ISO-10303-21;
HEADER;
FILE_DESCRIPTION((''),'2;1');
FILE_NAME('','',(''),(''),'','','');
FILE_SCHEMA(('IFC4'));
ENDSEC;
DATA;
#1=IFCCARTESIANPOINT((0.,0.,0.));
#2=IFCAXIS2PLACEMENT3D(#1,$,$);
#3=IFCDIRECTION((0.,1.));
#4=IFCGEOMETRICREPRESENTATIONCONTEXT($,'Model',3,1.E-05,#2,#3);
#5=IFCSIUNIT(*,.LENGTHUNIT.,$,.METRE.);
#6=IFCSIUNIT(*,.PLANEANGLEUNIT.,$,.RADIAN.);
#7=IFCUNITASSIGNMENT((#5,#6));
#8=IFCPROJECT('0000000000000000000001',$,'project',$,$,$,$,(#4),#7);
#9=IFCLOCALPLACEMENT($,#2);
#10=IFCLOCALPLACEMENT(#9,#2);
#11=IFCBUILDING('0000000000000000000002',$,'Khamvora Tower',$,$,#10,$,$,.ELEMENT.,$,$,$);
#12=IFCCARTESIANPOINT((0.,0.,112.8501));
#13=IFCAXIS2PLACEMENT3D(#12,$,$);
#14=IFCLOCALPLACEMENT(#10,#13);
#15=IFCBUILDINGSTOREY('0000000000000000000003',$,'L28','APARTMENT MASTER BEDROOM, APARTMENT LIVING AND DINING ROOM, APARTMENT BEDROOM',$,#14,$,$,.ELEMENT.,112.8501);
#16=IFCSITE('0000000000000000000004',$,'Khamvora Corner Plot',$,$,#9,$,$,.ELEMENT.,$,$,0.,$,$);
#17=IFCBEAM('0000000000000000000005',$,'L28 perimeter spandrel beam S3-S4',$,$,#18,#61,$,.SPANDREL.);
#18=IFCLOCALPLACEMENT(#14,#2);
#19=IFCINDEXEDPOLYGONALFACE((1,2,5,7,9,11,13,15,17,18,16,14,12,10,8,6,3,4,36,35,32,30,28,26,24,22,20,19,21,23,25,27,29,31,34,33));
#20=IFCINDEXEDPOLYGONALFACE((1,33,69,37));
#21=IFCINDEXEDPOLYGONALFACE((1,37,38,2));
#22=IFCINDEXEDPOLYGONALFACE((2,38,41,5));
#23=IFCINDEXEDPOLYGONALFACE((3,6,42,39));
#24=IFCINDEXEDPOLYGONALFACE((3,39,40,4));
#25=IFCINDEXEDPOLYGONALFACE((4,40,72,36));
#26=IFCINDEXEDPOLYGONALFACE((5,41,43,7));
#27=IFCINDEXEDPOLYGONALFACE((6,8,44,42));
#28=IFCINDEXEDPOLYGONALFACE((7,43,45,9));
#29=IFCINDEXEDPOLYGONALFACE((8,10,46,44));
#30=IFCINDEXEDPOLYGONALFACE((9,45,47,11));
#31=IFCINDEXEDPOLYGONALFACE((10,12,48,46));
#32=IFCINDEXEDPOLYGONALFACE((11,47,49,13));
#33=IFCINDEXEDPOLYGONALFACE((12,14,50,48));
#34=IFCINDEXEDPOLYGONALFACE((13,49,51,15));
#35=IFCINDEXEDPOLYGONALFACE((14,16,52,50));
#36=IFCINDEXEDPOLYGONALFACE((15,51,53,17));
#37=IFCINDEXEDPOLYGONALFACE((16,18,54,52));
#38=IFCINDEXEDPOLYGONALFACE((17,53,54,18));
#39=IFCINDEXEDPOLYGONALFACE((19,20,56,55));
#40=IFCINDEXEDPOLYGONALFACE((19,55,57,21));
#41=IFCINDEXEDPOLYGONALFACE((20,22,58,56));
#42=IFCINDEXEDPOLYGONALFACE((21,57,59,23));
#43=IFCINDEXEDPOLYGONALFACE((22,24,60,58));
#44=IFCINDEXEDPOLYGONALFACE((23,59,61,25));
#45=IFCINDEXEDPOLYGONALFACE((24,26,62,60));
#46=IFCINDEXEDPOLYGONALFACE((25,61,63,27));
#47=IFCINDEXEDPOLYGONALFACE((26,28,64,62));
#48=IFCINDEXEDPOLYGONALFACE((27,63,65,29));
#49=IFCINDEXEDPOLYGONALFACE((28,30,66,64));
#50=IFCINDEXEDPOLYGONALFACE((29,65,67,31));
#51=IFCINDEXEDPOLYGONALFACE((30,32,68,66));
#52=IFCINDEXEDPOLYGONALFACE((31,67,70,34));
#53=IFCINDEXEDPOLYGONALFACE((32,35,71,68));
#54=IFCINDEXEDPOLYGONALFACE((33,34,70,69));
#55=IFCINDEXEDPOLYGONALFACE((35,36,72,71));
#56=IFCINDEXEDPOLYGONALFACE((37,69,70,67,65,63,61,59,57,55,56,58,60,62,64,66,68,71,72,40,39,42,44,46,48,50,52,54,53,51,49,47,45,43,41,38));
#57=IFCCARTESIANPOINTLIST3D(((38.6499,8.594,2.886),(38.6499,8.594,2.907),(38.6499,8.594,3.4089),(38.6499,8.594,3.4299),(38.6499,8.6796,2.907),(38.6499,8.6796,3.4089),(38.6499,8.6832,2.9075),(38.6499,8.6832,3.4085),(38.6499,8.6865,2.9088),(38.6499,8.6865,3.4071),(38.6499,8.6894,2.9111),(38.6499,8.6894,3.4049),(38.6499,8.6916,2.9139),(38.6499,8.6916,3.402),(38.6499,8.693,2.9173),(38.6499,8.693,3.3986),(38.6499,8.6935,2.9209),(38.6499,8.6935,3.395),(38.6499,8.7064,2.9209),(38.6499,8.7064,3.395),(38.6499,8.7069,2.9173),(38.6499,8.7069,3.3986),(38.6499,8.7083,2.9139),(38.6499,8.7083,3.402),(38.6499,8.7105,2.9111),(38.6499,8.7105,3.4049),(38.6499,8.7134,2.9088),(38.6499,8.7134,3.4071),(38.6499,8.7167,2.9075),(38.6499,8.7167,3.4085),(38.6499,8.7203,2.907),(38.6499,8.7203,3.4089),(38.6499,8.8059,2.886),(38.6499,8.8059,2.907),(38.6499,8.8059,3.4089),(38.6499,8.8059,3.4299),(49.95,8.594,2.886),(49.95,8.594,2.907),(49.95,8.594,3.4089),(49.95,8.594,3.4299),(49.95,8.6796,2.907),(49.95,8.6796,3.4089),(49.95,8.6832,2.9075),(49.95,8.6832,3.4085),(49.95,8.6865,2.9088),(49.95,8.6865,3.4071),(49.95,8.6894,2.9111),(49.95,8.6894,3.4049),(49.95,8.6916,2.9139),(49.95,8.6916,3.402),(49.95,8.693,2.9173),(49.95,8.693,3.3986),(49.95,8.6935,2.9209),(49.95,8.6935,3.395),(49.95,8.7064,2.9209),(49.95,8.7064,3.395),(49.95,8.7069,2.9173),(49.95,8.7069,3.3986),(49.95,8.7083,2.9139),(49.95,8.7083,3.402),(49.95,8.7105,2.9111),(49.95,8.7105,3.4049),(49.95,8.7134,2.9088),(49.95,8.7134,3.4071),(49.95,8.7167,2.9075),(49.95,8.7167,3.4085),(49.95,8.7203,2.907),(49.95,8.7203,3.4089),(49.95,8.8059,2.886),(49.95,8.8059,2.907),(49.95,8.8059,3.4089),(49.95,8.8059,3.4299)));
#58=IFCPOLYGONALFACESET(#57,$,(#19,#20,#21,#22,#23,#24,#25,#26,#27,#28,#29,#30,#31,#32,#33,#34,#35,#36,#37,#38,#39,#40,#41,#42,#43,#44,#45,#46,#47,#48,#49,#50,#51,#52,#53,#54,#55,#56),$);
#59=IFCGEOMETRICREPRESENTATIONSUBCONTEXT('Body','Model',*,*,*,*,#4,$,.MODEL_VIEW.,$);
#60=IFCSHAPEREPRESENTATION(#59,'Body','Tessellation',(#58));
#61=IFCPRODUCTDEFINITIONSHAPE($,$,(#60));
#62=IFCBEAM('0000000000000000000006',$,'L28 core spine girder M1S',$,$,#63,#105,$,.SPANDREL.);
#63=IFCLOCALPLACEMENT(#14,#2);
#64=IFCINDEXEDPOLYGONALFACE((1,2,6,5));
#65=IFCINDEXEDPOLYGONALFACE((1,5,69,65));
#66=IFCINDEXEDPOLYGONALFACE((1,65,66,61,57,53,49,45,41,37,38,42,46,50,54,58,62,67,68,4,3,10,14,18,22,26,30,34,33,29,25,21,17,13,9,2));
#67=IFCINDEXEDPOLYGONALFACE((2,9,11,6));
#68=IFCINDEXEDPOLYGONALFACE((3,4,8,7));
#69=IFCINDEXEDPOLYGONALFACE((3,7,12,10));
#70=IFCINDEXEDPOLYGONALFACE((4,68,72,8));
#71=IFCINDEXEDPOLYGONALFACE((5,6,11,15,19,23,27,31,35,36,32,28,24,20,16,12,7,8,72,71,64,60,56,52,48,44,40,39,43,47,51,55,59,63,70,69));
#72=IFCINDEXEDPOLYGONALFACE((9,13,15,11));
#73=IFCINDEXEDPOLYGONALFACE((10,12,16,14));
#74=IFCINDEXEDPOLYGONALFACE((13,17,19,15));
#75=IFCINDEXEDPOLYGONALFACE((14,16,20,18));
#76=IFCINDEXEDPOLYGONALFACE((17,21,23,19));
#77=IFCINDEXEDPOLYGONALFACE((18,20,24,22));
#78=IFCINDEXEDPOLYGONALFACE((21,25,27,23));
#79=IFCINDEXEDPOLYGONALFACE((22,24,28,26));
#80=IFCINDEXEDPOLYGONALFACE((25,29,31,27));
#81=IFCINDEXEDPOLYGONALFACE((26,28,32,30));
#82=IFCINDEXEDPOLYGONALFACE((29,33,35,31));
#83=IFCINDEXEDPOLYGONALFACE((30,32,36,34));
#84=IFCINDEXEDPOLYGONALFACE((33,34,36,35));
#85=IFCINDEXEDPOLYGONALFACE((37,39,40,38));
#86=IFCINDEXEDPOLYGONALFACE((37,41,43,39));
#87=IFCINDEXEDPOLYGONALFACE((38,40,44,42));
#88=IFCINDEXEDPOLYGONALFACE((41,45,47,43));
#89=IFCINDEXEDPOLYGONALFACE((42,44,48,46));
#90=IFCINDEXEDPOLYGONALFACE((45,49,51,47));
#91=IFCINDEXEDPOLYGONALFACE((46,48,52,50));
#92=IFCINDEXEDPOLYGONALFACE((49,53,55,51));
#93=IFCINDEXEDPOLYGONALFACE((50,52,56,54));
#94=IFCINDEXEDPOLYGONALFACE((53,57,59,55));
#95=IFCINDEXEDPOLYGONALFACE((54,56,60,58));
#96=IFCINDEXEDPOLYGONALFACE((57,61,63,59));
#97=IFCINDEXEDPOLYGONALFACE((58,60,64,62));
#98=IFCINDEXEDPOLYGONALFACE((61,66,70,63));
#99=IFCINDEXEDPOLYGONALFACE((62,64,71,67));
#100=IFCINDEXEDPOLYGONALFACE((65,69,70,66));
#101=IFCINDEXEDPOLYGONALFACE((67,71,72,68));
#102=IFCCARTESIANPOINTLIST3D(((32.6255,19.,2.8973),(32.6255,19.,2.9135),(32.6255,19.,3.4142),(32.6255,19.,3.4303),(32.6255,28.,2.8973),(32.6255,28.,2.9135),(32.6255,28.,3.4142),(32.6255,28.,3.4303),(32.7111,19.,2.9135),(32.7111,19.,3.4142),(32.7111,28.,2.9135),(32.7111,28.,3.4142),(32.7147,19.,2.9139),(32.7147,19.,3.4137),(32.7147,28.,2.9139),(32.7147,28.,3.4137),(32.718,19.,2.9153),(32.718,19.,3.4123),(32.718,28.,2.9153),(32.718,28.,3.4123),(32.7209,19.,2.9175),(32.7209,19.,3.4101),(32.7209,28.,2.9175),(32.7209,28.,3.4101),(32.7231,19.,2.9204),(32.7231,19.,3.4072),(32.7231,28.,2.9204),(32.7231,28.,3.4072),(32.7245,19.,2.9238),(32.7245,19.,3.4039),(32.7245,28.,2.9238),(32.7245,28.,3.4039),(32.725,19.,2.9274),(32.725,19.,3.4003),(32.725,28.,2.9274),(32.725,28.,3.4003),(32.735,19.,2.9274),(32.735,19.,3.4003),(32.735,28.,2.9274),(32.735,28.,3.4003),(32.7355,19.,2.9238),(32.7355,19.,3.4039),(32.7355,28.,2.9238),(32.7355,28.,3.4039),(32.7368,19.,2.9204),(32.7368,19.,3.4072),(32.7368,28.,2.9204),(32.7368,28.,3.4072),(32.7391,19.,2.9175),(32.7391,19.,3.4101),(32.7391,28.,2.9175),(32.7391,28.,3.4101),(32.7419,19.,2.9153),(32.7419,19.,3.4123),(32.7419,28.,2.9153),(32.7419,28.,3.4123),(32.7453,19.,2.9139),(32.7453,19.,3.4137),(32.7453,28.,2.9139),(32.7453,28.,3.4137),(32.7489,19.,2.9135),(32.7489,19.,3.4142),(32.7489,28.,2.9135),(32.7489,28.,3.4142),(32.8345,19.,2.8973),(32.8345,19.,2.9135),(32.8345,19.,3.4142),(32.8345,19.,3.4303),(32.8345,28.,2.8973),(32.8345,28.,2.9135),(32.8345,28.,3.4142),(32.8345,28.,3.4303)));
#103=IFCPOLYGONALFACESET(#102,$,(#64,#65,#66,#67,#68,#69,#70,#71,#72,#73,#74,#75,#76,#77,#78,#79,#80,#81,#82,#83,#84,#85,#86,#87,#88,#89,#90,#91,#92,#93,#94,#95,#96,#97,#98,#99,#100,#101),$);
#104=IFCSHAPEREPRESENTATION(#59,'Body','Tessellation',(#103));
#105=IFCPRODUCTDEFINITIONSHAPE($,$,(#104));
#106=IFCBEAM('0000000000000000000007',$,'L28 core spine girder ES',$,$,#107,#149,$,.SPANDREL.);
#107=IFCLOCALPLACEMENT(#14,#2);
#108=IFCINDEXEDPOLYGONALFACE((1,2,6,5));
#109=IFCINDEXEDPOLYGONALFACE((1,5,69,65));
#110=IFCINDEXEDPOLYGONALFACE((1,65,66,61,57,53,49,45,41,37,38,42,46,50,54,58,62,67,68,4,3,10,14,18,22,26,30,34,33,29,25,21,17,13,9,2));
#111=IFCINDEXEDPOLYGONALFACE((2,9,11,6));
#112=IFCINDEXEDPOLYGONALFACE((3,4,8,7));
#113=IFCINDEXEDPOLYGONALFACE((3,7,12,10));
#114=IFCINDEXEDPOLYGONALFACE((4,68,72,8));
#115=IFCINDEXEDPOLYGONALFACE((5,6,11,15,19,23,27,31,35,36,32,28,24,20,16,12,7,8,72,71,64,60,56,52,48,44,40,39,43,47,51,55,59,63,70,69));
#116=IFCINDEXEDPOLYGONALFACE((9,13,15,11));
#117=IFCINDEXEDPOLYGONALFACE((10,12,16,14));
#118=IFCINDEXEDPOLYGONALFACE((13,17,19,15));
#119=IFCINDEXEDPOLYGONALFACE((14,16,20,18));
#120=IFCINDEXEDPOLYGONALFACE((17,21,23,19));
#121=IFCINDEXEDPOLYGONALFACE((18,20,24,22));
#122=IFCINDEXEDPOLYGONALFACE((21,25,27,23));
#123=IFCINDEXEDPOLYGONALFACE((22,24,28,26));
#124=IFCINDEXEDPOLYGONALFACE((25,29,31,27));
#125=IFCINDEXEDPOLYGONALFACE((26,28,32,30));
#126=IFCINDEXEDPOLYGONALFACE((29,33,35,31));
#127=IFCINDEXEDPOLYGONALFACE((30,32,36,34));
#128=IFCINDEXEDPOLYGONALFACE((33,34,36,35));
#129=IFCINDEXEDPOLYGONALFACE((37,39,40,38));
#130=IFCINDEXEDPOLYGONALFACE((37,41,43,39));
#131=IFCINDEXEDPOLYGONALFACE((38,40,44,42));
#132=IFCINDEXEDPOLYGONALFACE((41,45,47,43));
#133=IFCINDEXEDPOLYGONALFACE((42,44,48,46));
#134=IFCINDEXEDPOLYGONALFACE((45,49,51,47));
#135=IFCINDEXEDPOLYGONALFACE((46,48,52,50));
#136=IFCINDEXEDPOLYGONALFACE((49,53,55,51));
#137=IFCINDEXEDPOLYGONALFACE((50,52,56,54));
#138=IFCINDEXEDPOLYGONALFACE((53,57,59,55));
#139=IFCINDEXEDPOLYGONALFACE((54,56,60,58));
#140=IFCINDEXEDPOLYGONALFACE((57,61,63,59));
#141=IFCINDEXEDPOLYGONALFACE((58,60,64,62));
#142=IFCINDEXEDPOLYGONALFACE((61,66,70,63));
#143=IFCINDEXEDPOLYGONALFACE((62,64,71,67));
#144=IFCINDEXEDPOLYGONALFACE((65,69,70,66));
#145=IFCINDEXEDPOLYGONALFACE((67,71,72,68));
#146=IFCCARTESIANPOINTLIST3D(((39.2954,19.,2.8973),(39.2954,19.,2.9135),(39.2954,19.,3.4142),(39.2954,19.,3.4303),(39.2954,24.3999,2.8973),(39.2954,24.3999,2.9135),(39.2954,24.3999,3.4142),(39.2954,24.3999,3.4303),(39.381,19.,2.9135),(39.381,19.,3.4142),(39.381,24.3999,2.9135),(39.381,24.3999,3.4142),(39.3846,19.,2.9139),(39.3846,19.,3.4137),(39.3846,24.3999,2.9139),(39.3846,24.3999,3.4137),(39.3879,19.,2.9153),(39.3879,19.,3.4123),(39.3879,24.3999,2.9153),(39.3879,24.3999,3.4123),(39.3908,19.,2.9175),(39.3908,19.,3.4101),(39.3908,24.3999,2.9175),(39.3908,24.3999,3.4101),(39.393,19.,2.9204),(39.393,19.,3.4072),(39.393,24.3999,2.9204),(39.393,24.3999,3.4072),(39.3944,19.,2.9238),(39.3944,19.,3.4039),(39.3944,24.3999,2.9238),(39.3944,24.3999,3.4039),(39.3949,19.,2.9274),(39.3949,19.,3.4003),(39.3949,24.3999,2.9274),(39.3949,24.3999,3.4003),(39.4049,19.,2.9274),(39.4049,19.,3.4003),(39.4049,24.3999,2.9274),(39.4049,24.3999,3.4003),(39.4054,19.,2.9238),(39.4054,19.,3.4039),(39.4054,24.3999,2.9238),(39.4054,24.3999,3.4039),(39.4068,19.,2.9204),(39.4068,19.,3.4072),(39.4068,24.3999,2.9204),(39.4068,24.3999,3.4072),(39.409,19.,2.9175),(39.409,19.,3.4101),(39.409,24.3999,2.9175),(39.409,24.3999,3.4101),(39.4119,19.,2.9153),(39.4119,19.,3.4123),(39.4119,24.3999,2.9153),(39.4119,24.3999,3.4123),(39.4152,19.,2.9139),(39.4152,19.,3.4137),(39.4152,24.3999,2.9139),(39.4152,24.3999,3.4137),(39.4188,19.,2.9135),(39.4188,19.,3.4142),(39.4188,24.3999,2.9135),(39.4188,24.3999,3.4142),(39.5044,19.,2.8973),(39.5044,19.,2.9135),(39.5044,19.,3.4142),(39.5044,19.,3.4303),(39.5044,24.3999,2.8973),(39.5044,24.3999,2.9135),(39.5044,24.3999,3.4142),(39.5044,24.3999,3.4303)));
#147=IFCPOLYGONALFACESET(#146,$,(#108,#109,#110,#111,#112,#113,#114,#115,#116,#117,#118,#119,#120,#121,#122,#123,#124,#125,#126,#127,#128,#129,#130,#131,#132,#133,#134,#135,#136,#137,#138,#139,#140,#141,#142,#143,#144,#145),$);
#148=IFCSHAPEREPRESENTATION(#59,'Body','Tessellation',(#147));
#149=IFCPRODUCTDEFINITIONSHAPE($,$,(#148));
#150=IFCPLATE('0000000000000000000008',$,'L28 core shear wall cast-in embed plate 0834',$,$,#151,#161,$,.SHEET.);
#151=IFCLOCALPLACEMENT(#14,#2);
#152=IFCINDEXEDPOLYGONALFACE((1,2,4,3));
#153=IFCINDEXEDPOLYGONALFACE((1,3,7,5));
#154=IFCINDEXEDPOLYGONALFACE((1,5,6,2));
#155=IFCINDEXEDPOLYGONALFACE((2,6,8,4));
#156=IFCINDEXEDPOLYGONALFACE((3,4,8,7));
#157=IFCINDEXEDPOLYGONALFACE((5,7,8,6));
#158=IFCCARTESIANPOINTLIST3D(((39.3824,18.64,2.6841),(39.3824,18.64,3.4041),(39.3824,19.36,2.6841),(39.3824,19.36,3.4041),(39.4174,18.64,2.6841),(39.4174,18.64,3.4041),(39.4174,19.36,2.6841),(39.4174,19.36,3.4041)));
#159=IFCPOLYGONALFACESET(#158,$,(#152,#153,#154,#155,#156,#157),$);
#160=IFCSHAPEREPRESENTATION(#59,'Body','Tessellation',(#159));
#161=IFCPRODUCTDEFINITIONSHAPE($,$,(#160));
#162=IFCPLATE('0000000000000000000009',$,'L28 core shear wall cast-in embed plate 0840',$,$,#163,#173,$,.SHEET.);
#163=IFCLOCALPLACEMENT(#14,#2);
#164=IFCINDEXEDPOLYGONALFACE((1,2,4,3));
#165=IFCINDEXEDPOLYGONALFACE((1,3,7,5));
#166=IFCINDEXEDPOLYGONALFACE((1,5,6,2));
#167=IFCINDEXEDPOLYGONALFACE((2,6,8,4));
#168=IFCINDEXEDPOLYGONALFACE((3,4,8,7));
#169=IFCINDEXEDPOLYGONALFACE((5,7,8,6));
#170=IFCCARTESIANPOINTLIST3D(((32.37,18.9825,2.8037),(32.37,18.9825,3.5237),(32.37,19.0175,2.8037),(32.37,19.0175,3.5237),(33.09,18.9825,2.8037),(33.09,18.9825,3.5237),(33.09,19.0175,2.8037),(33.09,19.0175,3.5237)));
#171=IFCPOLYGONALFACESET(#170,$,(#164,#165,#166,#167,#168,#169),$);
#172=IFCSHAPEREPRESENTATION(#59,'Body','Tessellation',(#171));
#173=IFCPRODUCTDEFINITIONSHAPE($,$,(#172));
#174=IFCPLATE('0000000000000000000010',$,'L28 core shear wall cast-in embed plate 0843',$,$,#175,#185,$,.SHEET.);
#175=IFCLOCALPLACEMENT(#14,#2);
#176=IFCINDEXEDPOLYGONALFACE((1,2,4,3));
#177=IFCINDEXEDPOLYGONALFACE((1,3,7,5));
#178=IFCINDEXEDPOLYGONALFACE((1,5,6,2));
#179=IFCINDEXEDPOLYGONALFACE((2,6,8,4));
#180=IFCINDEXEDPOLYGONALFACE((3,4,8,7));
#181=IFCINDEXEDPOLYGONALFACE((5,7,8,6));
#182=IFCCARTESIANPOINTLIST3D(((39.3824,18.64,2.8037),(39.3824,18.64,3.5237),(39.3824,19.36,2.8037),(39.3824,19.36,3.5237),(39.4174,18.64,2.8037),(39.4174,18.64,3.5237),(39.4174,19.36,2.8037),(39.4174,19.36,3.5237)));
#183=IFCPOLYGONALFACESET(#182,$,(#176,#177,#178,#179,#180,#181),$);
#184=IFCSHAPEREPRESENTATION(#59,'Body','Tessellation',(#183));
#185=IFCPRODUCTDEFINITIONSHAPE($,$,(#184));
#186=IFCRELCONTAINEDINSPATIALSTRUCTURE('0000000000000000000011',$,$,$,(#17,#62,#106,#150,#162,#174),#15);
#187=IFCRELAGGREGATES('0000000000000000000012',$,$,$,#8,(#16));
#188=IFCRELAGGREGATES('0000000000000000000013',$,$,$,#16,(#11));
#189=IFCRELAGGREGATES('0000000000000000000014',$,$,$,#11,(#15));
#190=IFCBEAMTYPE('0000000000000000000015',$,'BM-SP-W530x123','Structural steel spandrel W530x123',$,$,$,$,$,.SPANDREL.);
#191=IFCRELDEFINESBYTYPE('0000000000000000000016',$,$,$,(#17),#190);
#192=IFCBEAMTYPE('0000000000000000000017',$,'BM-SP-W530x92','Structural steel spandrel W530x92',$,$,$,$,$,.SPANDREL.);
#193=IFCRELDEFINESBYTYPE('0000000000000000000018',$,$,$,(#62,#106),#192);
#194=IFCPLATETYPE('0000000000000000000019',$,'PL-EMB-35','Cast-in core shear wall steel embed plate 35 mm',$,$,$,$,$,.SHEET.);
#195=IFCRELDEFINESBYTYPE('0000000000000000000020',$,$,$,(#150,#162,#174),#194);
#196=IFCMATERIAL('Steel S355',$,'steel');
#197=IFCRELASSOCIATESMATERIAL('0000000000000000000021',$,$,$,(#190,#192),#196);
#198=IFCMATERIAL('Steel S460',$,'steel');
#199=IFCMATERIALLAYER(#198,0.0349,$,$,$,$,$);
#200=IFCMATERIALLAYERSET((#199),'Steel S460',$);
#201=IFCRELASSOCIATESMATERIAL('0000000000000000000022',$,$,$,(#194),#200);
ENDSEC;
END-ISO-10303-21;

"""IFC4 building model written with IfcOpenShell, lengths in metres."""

from ifc_helpers import new_model, si_unit, direction, frame, origin, origin_2d, place, context, subcontext, project, spatial, rectangle, i_section, extrude, material, layer, layer_set, material_profile, profile_set, type_object, element, save


model = new_model("IFC4")

# Units and contexts
model_context = context("Model", 3, precision=1e-05, world=origin(), true_north=direction((0.0, 1.0)))
body_context = subcontext(model_context, "Body", "Model", "MODEL_VIEW")
ifc_project = project(units=[si_unit("LENGTHUNIT", "METRE"), si_unit("PLANEANGLEUNIT", "RADIAN")], contexts=[model_context])

# Site, building, storey
site_placement = place(None, origin())
site = spatial("IfcSite", under=ifc_project, at=site_placement, Name="Khamvora Corner Plot", CompositionType="ELEMENT", RefElevation=0.0)
building_placement = place(site_placement, origin())
building = spatial("IfcBuilding", under=site, at=building_placement, Name="Khamvora Tower", CompositionType="ELEMENT")
storey_placement = place(building_placement, frame((0.0, 0.0, 112.8501)))
storey = spatial("IfcBuildingStorey", under=building, at=storey_placement, Name="L28", Description="APARTMENT MASTER BEDROOM, APARTMENT LIVING AND DINING ROOM, APARTMENT BEDROOM", CompositionType="ELEMENT", Elevation=112.8501)

# Shared definitions
ifc_material_1 = material(Name="Steel S355", Category="steel")
ifc_material_2 = material(Name="Steel S460", Category="steel")

# Beams
ifc_material_profile_1 = material_profile(ifc_material_1, i_section(OverallWidth=0.2119, OverallDepth=0.5439, WebThickness=0.0129, FlangeThickness=0.021, FilletRadius=0.0139, at=origin_2d()), Name="W530x123")
ifc_profile_set_1 = profile_set([ifc_material_profile_1], Name="Steel S355")
beam_type_1 = type_object("IfcBeamType", Name="BM-SP-W530x123", Description="Structural steel spandrel W530x123", PredefinedType="SPANDREL", material=ifc_profile_set_1)
beam_1_placement = place(storey_placement, frame((38.6499, 8.7, 3.158), z_axis=(1.0, 0.0, 0.0), x_axis=(0.0, 1.0, 0.0)))
element("IfcBeam", 1, at=beam_1_placement, inside=storey, type_object=beam_type_1, Name="L28 perimeter spandrel beam S3-S4", PredefinedType="SPANDREL", context=body_context, shape_type="SweptSolid", body=[
    extrude(i_section(OverallWidth=0.2119, OverallDepth=0.5439, WebThickness=0.0129, FlangeThickness=0.021, FilletRadius=0.0139, at=origin_2d()), origin(), (0.0, 0.0, 1.0), 11.3),
])
ifc_material_profile_2 = material_profile(ifc_material_1, i_section(OverallWidth=0.209, OverallDepth=0.533, WebThickness=0.01, FlangeThickness=0.0161, FilletRadius=0.0139, at=origin_2d()), Name="W530x92")
ifc_profile_set_2 = profile_set([ifc_material_profile_2], Name="Steel S355")
beam_type_2 = type_object("IfcBeamType", Name="BM-SP-W530x92", Description="Structural steel spandrel W530x92", PredefinedType="SPANDREL", material=ifc_profile_set_2)
beam_2_placement = place(storey_placement, frame((32.73, 19.0, 3.1638), z_axis=(0.0, 1.0, 0.0), x_axis=(-1.0, 0.0, 0.0)))
element("IfcBeam", 2, at=beam_2_placement, inside=storey, type_object=beam_type_2, Name="L28 core spine girder M1S", PredefinedType="SPANDREL", context=body_context, shape_type="SweptSolid", body=[
    extrude(i_section(OverallWidth=0.209, OverallDepth=0.533, WebThickness=0.01, FlangeThickness=0.0161, FilletRadius=0.0139, at=origin_2d()), origin(), (0.0, 0.0, 1.0), 9.0),
])
beam_3_placement = place(storey_placement, frame((39.3999, 19.0, 3.1638), z_axis=(0.0, 1.0, 0.0), x_axis=(-1.0, 0.0, 0.0)))
element("IfcBeam", 3, at=beam_3_placement, inside=storey, type_object=beam_type_2, Name="L28 core spine girder ES", PredefinedType="SPANDREL", context=body_context, shape_type="SweptSolid", body=[
    extrude(i_section(OverallWidth=0.209, OverallDepth=0.533, WebThickness=0.01, FlangeThickness=0.0161, FilletRadius=0.0139, at=origin_2d()), origin(), (0.0, 0.0, 1.0), 5.3999),
])

# Plates
ifc_layer_1 = layer(ifc_material_2, 0.0349)
ifc_layer_set_1 = layer_set([ifc_layer_1], Name="Steel S460")
plate_type = type_object("IfcPlateType", Name="PL-EMB-35", Description="Cast-in core shear wall steel embed plate 35 mm", PredefinedType="SHEET", material=ifc_layer_set_1)
plate_1_placement = place(storey_placement, frame((39.3999, 19.0, 2.6841), z_axis=(0.0, 0.0, 1.0), x_axis=(1.0, 0.0, 0.0)))
element("IfcPlate", 4, at=plate_1_placement, inside=storey, type_object=plate_type, Name="L28 core shear wall cast-in embed plate 0834", PredefinedType="SHEET", context=body_context, shape_type="SweptSolid", body=[
    extrude(rectangle(XDim=0.0349, YDim=0.72, at=origin_2d()), origin(), (0.0, 0.0, 1.0), 0.72),
])
plate_2_placement = place(storey_placement, frame((32.73, 19.0, 2.8037), z_axis=(0.0, 0.0, 1.0), x_axis=(1.0, 0.0, 0.0)))
element("IfcPlate", 5, at=plate_2_placement, inside=storey, type_object=plate_type, Name="L28 core shear wall cast-in embed plate 0840", PredefinedType="SHEET", context=body_context, shape_type="SweptSolid", body=[
    extrude(rectangle(XDim=0.72, YDim=0.0349, at=origin_2d()), origin(), (0.0, 0.0, 1.0), 0.72),
])
plate_3_placement = place(storey_placement, frame((39.3999, 19.0, 2.8037), z_axis=(0.0, 0.0, 1.0), x_axis=(1.0, 0.0, 0.0)))
element("IfcPlate", 6, at=plate_3_placement, inside=storey, type_object=plate_type, Name="L28 core shear wall cast-in embed plate 0843", PredefinedType="SHEET", context=body_context, shape_type="SweptSolid", body=[
    extrude(rectangle(XDim=0.0349, YDim=0.72, at=origin_2d()), origin(), (0.0, 0.0, 1.0), 0.72),
])

save(model, "model.ifc")
